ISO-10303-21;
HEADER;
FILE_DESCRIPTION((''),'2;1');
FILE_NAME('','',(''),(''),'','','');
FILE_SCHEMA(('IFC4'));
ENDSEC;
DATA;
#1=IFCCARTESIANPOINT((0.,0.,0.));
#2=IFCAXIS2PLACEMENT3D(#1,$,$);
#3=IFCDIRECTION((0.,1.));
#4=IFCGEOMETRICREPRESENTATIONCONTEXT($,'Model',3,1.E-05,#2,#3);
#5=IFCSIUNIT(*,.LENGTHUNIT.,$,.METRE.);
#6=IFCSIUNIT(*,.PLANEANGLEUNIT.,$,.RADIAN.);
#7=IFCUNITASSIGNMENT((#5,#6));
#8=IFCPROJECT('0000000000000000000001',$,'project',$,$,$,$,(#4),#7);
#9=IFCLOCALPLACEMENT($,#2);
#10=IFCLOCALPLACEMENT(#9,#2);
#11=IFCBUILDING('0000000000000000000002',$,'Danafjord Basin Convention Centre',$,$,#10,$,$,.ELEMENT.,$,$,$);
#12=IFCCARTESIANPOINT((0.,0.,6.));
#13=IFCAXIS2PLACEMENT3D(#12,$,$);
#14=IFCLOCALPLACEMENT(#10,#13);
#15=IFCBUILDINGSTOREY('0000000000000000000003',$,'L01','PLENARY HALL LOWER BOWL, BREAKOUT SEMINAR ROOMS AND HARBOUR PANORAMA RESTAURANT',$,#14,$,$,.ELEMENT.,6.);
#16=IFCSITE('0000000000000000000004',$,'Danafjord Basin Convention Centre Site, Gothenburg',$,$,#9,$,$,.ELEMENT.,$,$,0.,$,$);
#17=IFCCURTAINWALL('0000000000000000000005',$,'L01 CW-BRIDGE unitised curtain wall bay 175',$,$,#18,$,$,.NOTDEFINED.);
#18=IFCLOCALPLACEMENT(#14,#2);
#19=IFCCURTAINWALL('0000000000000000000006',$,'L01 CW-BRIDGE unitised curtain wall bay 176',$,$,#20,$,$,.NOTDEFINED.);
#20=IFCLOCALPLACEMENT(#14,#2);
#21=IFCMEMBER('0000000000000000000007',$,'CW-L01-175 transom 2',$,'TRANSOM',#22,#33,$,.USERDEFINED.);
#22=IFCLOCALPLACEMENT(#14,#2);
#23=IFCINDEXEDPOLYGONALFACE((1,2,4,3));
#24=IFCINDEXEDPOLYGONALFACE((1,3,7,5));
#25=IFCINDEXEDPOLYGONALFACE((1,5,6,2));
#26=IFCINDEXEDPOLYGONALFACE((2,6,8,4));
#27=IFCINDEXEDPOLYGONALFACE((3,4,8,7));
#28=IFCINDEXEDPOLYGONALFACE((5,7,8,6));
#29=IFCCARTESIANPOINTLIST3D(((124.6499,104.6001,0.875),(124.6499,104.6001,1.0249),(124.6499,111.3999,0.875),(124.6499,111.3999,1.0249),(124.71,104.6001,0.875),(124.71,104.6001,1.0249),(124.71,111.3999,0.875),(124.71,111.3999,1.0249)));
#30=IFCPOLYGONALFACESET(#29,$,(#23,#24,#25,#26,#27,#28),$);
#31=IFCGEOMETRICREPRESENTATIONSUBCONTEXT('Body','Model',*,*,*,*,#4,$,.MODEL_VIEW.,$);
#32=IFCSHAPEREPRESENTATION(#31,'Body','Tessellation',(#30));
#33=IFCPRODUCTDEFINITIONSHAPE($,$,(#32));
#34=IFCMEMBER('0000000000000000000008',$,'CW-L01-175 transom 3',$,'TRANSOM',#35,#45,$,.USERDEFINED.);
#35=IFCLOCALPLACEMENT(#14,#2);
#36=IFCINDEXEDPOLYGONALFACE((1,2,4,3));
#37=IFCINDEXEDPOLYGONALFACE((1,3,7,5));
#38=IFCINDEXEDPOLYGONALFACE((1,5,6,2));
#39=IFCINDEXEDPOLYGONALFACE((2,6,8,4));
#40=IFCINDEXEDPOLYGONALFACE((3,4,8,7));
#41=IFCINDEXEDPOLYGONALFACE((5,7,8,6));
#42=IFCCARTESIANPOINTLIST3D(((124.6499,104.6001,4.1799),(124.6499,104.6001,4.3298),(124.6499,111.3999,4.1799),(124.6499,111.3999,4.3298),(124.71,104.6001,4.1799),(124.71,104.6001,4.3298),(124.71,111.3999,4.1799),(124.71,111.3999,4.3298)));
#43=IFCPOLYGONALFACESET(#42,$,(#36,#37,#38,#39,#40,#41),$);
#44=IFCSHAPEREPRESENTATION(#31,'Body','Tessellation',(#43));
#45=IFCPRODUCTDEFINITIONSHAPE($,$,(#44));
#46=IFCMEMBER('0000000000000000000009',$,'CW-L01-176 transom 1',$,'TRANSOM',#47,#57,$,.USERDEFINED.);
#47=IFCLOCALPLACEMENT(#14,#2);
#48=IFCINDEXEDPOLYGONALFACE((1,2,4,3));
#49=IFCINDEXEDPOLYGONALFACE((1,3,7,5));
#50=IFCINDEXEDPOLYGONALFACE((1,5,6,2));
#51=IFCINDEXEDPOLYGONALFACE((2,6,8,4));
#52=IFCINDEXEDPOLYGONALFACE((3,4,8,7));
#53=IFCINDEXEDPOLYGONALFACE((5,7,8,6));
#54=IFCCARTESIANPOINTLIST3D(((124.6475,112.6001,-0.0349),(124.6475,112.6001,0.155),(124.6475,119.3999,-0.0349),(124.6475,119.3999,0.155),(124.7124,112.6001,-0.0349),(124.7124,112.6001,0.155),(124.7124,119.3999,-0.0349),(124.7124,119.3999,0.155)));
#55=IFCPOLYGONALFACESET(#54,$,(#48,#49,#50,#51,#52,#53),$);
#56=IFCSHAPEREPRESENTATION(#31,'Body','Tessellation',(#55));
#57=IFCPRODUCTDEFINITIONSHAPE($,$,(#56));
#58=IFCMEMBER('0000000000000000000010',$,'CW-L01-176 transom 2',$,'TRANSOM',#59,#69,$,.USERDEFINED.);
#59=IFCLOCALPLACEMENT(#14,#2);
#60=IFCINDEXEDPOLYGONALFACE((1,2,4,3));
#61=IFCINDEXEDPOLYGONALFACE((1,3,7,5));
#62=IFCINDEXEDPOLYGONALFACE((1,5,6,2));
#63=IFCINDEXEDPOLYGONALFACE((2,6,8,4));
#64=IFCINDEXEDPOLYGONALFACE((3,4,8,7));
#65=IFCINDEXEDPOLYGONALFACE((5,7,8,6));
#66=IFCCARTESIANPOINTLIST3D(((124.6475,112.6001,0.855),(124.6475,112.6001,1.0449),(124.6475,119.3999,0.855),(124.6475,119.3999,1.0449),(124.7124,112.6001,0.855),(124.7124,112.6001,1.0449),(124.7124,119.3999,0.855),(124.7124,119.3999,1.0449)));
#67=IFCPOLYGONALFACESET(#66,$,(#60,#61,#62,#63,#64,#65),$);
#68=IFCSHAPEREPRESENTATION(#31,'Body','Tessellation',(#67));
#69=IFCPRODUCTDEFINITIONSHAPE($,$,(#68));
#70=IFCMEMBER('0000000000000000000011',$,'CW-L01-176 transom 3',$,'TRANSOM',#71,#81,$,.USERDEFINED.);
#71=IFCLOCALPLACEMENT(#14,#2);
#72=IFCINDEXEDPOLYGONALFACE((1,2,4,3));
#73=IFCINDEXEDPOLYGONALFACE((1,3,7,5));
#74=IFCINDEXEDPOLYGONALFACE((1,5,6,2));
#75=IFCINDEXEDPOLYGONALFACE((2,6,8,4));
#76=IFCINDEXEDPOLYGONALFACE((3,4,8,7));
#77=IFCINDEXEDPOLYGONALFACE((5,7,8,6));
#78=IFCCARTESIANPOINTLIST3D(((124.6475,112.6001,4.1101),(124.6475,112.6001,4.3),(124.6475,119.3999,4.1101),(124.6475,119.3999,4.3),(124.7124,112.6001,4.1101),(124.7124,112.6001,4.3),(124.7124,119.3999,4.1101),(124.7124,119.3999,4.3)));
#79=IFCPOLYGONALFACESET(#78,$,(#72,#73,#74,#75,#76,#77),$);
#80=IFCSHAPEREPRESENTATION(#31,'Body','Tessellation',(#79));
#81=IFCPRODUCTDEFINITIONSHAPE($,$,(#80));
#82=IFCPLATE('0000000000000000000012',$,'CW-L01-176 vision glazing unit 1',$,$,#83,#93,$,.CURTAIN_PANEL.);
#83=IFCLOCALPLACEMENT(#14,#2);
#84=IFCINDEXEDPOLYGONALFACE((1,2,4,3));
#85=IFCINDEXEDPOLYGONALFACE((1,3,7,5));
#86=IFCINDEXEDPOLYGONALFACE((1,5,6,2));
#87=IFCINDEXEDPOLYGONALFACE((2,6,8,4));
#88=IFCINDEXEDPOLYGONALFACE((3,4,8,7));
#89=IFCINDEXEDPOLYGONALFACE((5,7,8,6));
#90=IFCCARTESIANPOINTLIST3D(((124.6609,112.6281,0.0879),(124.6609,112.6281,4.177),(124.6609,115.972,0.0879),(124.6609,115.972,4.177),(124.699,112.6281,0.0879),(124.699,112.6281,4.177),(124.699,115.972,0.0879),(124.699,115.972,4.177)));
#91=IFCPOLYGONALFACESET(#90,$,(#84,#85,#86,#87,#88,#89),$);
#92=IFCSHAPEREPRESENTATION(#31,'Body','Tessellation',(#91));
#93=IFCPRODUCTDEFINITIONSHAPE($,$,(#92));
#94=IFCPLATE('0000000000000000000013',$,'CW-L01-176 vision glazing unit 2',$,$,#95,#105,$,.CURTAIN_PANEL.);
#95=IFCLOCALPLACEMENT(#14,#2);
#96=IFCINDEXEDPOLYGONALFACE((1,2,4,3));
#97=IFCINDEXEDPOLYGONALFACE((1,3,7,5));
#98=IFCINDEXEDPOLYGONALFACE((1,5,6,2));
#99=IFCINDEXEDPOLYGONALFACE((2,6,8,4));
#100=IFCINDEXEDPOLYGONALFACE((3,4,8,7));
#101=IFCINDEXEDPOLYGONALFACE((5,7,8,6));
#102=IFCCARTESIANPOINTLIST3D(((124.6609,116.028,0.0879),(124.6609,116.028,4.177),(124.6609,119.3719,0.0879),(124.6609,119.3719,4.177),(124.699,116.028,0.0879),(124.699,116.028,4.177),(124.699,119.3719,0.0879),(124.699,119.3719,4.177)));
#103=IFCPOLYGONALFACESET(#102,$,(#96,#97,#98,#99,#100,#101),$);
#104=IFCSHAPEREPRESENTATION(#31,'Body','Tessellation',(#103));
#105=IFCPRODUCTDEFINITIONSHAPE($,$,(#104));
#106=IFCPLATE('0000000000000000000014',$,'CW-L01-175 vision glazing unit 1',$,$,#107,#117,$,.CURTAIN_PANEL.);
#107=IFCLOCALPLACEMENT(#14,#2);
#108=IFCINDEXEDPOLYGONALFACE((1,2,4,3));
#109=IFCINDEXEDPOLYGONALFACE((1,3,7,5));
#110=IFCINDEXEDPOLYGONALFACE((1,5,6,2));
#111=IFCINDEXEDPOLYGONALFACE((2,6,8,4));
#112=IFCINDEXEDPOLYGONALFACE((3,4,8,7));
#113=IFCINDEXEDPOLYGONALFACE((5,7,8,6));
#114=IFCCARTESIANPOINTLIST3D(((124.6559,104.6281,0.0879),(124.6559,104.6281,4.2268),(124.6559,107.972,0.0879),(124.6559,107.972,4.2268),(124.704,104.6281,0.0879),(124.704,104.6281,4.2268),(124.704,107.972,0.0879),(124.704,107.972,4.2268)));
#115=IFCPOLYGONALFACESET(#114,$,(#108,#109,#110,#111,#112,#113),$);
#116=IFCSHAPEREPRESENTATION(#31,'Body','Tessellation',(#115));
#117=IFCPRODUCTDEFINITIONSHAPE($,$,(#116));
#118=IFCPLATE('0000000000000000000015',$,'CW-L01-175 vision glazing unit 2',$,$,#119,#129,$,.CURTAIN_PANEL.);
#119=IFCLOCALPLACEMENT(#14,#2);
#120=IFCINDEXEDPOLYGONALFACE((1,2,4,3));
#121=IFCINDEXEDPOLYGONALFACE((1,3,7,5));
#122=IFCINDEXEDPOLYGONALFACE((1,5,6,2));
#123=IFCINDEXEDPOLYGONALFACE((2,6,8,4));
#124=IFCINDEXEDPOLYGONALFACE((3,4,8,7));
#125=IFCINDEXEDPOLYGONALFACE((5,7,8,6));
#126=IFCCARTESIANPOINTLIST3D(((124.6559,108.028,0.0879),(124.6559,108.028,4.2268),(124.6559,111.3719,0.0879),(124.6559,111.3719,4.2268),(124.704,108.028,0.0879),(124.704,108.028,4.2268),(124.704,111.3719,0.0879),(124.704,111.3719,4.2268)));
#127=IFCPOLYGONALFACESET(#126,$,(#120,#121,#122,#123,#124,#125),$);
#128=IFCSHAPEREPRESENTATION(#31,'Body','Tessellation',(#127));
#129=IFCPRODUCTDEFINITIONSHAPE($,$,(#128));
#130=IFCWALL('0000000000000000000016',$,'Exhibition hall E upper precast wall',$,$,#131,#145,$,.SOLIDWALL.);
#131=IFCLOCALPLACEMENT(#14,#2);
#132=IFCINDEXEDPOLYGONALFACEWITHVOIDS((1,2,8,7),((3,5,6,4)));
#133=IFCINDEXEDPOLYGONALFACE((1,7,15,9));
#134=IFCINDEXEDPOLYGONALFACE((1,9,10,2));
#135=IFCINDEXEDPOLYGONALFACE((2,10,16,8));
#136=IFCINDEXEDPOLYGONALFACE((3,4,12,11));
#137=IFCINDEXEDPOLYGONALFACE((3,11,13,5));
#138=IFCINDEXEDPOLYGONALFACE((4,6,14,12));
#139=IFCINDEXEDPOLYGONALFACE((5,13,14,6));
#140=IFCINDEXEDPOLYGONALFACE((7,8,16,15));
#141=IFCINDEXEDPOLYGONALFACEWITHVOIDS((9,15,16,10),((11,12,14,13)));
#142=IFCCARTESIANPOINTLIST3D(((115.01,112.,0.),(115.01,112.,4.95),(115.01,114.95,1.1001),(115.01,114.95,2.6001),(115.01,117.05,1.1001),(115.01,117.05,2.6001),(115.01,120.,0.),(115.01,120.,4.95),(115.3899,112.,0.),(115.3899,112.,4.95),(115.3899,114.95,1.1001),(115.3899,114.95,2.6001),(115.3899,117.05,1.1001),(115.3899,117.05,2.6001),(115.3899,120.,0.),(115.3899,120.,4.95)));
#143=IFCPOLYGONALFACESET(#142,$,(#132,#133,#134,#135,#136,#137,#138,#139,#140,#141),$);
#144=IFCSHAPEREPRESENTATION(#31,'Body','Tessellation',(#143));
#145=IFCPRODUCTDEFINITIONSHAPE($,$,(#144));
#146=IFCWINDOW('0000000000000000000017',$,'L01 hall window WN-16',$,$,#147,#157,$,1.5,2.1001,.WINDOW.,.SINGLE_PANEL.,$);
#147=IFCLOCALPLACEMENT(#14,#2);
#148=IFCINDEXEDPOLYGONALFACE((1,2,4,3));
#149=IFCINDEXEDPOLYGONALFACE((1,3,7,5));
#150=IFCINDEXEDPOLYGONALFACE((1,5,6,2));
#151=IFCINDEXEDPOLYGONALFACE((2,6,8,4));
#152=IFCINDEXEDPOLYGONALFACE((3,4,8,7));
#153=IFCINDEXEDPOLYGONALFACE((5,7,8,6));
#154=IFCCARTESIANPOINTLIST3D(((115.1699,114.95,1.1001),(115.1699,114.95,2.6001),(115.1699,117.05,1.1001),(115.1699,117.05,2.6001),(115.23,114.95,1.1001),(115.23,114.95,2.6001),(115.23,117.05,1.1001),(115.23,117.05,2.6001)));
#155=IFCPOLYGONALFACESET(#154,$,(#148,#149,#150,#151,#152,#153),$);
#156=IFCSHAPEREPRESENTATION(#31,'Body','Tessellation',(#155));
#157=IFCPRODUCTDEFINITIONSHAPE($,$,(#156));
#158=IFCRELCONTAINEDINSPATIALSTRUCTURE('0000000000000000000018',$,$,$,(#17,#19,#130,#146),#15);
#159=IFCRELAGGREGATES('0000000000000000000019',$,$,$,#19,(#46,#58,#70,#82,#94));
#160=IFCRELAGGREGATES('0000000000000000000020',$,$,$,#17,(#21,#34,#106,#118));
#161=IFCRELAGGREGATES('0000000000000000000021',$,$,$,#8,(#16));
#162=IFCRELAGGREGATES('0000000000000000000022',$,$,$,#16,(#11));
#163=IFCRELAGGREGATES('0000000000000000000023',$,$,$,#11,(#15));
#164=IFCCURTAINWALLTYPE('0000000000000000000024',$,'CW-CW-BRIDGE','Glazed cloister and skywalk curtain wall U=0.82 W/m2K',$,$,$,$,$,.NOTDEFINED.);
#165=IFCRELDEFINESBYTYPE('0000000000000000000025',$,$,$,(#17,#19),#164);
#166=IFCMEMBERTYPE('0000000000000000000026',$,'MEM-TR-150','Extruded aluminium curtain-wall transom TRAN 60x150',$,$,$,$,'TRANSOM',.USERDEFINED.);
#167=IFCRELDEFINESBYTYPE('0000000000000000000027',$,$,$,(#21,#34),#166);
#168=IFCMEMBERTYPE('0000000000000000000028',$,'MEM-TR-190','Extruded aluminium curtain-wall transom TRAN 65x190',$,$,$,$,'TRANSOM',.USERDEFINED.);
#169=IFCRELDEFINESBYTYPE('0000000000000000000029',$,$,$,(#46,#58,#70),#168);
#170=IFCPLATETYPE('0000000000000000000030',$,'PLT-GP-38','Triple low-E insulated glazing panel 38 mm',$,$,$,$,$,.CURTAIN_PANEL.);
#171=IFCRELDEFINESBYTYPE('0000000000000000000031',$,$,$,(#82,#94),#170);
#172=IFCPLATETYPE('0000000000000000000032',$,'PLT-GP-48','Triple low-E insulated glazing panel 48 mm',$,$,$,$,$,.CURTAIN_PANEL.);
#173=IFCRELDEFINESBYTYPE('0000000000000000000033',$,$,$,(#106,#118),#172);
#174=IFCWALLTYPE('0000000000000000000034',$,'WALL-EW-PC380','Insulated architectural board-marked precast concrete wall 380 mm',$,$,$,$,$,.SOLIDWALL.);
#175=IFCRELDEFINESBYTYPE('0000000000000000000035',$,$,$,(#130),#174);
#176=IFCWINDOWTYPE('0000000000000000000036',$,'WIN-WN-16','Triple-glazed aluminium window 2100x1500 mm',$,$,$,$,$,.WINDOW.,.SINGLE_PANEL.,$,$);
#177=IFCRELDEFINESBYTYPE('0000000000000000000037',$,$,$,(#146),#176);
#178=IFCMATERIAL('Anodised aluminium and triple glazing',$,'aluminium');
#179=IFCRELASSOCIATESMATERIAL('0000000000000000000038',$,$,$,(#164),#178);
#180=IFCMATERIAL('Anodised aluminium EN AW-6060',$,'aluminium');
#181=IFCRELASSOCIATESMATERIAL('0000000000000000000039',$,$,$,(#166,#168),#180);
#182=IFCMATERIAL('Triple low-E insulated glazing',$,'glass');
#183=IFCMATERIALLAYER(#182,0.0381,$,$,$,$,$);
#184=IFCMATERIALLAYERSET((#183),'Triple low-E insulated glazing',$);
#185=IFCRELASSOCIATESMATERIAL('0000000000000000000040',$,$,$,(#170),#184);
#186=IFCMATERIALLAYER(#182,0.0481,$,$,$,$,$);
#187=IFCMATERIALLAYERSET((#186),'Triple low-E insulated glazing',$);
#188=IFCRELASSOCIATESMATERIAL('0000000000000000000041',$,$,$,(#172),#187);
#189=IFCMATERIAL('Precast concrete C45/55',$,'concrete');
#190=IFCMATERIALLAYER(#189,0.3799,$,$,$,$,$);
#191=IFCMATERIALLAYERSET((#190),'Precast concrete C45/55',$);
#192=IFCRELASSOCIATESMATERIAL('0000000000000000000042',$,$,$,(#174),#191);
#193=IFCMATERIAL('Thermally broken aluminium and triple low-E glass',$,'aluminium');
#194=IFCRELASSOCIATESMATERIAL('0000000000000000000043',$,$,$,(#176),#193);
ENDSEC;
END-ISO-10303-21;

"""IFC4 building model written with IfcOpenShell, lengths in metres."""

from ifc_helpers import new_model, si_unit, direction, frame, frame_2d, origin, origin_2d, place, context, subcontext, project, spatial, rectangle, extrude, material, layer, layer_set, material_profile, profile_set, type_object, element, fill, aggregate, save


model = new_model("IFC4")

# Units and contexts
model_context = context("Model", 3, precision=1e-05, world=origin(), true_north=direction((0.0, 1.0)))
body_context = subcontext(model_context, "Body", "Model", "MODEL_VIEW")
ifc_project = project(units=[si_unit("LENGTHUNIT", "METRE"), si_unit("PLANEANGLEUNIT", "RADIAN")], contexts=[model_context])

# Site, building, storey
site_placement = place(None, origin())
site = spatial("IfcSite", under=ifc_project, at=site_placement, Name="Danafjord Basin Convention Centre Site, Gothenburg", CompositionType="ELEMENT", RefElevation=0.0)
building_placement = place(site_placement, origin())
building = spatial("IfcBuilding", under=site, at=building_placement, Name="Danafjord Basin Convention Centre", CompositionType="ELEMENT")
storey_placement = place(building_placement, frame((0.0, 0.0, 6.0)))
storey = spatial("IfcBuildingStorey", under=building, at=storey_placement, Name="L01", Description="PLENARY HALL LOWER BOWL, BREAKOUT SEMINAR ROOMS AND HARBOUR PANORAMA RESTAURANT", CompositionType="ELEMENT", Elevation=6.0)

# Curtain walls
ifc_material_1 = material(Name="Anodised aluminium and triple glazing", Category="aluminium")
curtain_wall_type = type_object("IfcCurtainWallType", Name="CW-CW-BRIDGE", Description="Glazed cloister and skywalk curtain wall U=0.82 W/m2K", PredefinedType="NOTDEFINED", material=ifc_material_1)
curtain_wall_1_placement = place(storey_placement, origin())
curtain_wall_1 = element("IfcCurtainWall", 1, at=curtain_wall_1_placement, inside=storey, type_object=curtain_wall_type, Name="L01 CW-BRIDGE unitised curtain wall bay 175", PredefinedType="NOTDEFINED")
ifc_material_2 = material(Name="Anodised aluminium EN AW-6060", Category="aluminium")
curtain_wall_2_placement = place(storey_placement, origin())
curtain_wall_2 = element("IfcCurtainWall", 2, at=curtain_wall_2_placement, inside=storey, type_object=curtain_wall_type, Name="L01 CW-BRIDGE unitised curtain wall bay 176", PredefinedType="NOTDEFINED")

# Members
ifc_material_profile_1 = material_profile(ifc_material_2, rectangle(XDim=0.0601, YDim=0.1499, at=origin_2d()), Name="TRAN 60x150")
ifc_profile_set_1 = profile_set([ifc_material_profile_1], Name="Anodised aluminium EN AW-6060")
member_type_1 = type_object("IfcMemberType", Name="MEM-TR-150", Description="Extruded aluminium curtain-wall transom TRAN 60x150", ElementType="TRANSOM", PredefinedType="USERDEFINED", material=ifc_profile_set_1)
member_1_placement = place(storey_placement, frame((124.6799, 104.6001, 0.95), z_axis=(0.0, 1.0, 0.0), x_axis=(-1.0, 0.0, 0.0)))
member_1 = element("IfcMember", 3, at=member_1_placement, type_object=member_type_1, Name="CW-L01-175 transom 2", ObjectType="TRANSOM", PredefinedType="USERDEFINED", context=body_context, shape_type="SweptSolid", body=[
    extrude(rectangle(XDim=0.0601, YDim=0.1499, at=origin_2d()), origin(), (0.0, 0.0, 1.0), 6.7998),
])
member_2_placement = place(storey_placement, frame((124.6799, 104.6001, 4.2549), z_axis=(0.0, 1.0, 0.0), x_axis=(-1.0, 0.0, 0.0)))
member_2 = element("IfcMember", 4, at=member_2_placement, type_object=member_type_1, Name="CW-L01-175 transom 3", ObjectType="TRANSOM", PredefinedType="USERDEFINED", context=body_context, shape_type="SweptSolid", body=[
    extrude(rectangle(XDim=0.0601, YDim=0.1499, at=origin_2d()), origin(), (0.0, 0.0, 1.0), 6.7998),
])
ifc_material_profile_2 = material_profile(ifc_material_2, rectangle(XDim=0.0649, YDim=0.1899, at=origin_2d()), Name="TRAN 65x190")
ifc_profile_set_2 = profile_set([ifc_material_profile_2], Name="Anodised aluminium EN AW-6060")
member_type_2 = type_object("IfcMemberType", Name="MEM-TR-190", Description="Extruded aluminium curtain-wall transom TRAN 65x190", ElementType="TRANSOM", PredefinedType="USERDEFINED", material=ifc_profile_set_2)
member_3_placement = place(storey_placement, frame((124.6799, 112.6001, 0.0601), z_axis=(0.0, 1.0, 0.0), x_axis=(-1.0, 0.0, 0.0)))
member_3 = element("IfcMember", 5, at=member_3_placement, type_object=member_type_2, Name="CW-L01-176 transom 1", ObjectType="TRANSOM", PredefinedType="USERDEFINED", context=body_context, shape_type="SweptSolid", body=[
    extrude(rectangle(XDim=0.0649, YDim=0.1899, at=origin_2d()), origin(), (0.0, 0.0, 1.0), 6.7998),
])
member_4_placement = place(storey_placement, frame((124.6799, 112.6001, 0.95), z_axis=(0.0, 1.0, 0.0), x_axis=(-1.0, 0.0, 0.0)))
member_4 = element("IfcMember", 6, at=member_4_placement, type_object=member_type_2, Name="CW-L01-176 transom 2", ObjectType="TRANSOM", PredefinedType="USERDEFINED", context=body_context, shape_type="SweptSolid", body=[
    extrude(rectangle(XDim=0.0649, YDim=0.1899, at=origin_2d()), origin(), (0.0, 0.0, 1.0), 6.7998),
])
member_5_placement = place(storey_placement, frame((124.6799, 112.6001, 4.2051), z_axis=(0.0, 1.0, 0.0), x_axis=(-1.0, 0.0, 0.0)))
member_5 = element("IfcMember", 7, at=member_5_placement, type_object=member_type_2, Name="CW-L01-176 transom 3", ObjectType="TRANSOM", PredefinedType="USERDEFINED", context=body_context, shape_type="SweptSolid", body=[
    extrude(rectangle(XDim=0.0649, YDim=0.1899, at=origin_2d()), origin(), (0.0, 0.0, 1.0), 6.7998),
])

# Plates
ifc_material_3 = material(Name="Triple low-E insulated glazing", Category="glass")
ifc_layer_1 = layer(ifc_material_3, 0.0381)
ifc_layer_set_1 = layer_set([ifc_layer_1], Name="Triple low-E insulated glazing")
plate_type_1 = type_object("IfcPlateType", Name="PLT-GP-38", Description="Triple low-E insulated glazing panel 38 mm", PredefinedType="CURTAIN_PANEL", material=ifc_layer_set_1)
plate_1_placement = place(storey_placement, frame((124.6799, 114.3, 0.0879), z_axis=(0.0, 0.0, 1.0), x_axis=(0.0, 1.0, 0.0)))
plate_1 = element("IfcPlate", 8, at=plate_1_placement, type_object=plate_type_1, Name="CW-L01-176 vision glazing unit 1", PredefinedType="CURTAIN_PANEL", context=body_context, shape_type="SweptSolid", body=[
    extrude(rectangle(XDim=3.344, YDim=0.0381, at=origin_2d()), origin(), (0.0, 0.0, 1.0), 4.0891),
])
plate_2_placement = place(storey_placement, frame((124.6799, 117.7, 0.0879), z_axis=(0.0, 0.0, 1.0), x_axis=(0.0, 1.0, 0.0)))
plate_2 = element("IfcPlate", 9, at=plate_2_placement, type_object=plate_type_1, Name="CW-L01-176 vision glazing unit 2", PredefinedType="CURTAIN_PANEL", context=body_context, shape_type="SweptSolid", body=[
    extrude(rectangle(XDim=3.344, YDim=0.0381, at=origin_2d()), origin(), (0.0, 0.0, 1.0), 4.0891),
])
aggregate(curtain_wall_2, [member_3, member_4, member_5, plate_1, plate_2])
ifc_layer_2 = layer(ifc_material_3, 0.0481)
ifc_layer_set_2 = layer_set([ifc_layer_2], Name="Triple low-E insulated glazing")
plate_type_2 = type_object("IfcPlateType", Name="PLT-GP-48", Description="Triple low-E insulated glazing panel 48 mm", PredefinedType="CURTAIN_PANEL", material=ifc_layer_set_2)
plate_3_placement = place(storey_placement, frame((124.6799, 106.3, 0.0879), z_axis=(0.0, 0.0, 1.0), x_axis=(0.0, 1.0, 0.0)))
plate_3 = element("IfcPlate", 10, at=plate_3_placement, type_object=plate_type_2, Name="CW-L01-175 vision glazing unit 1", PredefinedType="CURTAIN_PANEL", context=body_context, shape_type="SweptSolid", body=[
    extrude(rectangle(XDim=3.344, YDim=0.0481, at=origin_2d()), origin(), (0.0, 0.0, 1.0), 4.1389),
])
plate_4_placement = place(storey_placement, frame((124.6799, 109.7, 0.0879), z_axis=(0.0, 0.0, 1.0), x_axis=(0.0, 1.0, 0.0)))
plate_4 = element("IfcPlate", 11, at=plate_4_placement, type_object=plate_type_2, Name="CW-L01-175 vision glazing unit 2", PredefinedType="CURTAIN_PANEL", context=body_context, shape_type="SweptSolid", body=[
    extrude(rectangle(XDim=3.344, YDim=0.0481, at=origin_2d()), origin(), (0.0, 0.0, 1.0), 4.1389),
])
aggregate(curtain_wall_1, [member_1, member_2, plate_3, plate_4])

# Wall, opening, window
ifc_material_4 = material(Name="Precast concrete C45/55", Category="concrete")
ifc_layer_3 = layer(ifc_material_4, 0.3799)
ifc_layer_set_3 = layer_set([ifc_layer_3], Name="Precast concrete C45/55")
wall_type = type_object("IfcWallType", Name="WALL-EW-PC380", Description="Insulated architectural board-marked precast concrete wall 380 mm", PredefinedType="SOLIDWALL", material=ifc_layer_set_3)
wall_1_placement = place(storey_placement, frame((115.2, 112.0, 0.0), z_axis=(0.0, 0.0, 1.0), x_axis=(0.0, 1.0, 0.0)))
wall_1 = element("IfcWall", 12, at=wall_1_placement, inside=storey, type_object=wall_type, Name="Exhibition hall E upper precast wall", PredefinedType="SOLIDWALL", context=body_context, shape_type="SweptSolid", body=[
    extrude(rectangle(XDim=8.0, YDim=0.3799, at=frame_2d((4.0, 0.0))), origin(), (0.0, 0.0, 1.0), 4.95),
])
opening_1_placement = place(wall_1_placement, frame((2.95, 0.0, 1.1001)))
opening_1 = element("IfcOpeningElement", 13, at=opening_1_placement, cuts=wall_1, PredefinedType="OPENING", context=body_context, shape_type="SweptSolid", body=[
    extrude(rectangle(XDim=2.1001, YDim=1.5, at=frame_2d((1.05, 0.75))), frame((0.0, 0.2, 0.0), z_axis=(0.0, -1.0, 0.0), x_axis=(1.0, 0.0, 0.0)), (0.0, 0.0, 1.0), 0.3999),
])
ifc_material_5 = material(Name="Thermally broken aluminium and triple low-E glass", Category="aluminium")
window_type_1 = type_object("IfcWindowType", Name="WIN-WN-16", Description="Triple-glazed aluminium window 2100x1500 mm", PartitioningType="SINGLE_PANEL", PredefinedType="WINDOW", material=ifc_material_5)
window_1_placement = place(opening_1_placement, origin())
window_1 = element("IfcWindow", 14, at=window_1_placement, inside=storey, type_object=window_type_1, Name="L01 hall window WN-16", OverallHeight=1.5, OverallWidth=2.1001, PartitioningType="SINGLE_PANEL", PredefinedType="WINDOW", context=body_context, shape_type="SweptSolid", body=[
    extrude(rectangle(XDim=2.1001, YDim=1.5, at=frame_2d((1.05, 0.75))), frame((0.0, 0.03, 0.0), z_axis=(0.0, -1.0, 0.0), x_axis=(1.0, 0.0, 0.0)), (0.0, 0.0, 1.0), 0.0601),
])
fill(opening_1, window_1)

save(model, "model.ifc")
